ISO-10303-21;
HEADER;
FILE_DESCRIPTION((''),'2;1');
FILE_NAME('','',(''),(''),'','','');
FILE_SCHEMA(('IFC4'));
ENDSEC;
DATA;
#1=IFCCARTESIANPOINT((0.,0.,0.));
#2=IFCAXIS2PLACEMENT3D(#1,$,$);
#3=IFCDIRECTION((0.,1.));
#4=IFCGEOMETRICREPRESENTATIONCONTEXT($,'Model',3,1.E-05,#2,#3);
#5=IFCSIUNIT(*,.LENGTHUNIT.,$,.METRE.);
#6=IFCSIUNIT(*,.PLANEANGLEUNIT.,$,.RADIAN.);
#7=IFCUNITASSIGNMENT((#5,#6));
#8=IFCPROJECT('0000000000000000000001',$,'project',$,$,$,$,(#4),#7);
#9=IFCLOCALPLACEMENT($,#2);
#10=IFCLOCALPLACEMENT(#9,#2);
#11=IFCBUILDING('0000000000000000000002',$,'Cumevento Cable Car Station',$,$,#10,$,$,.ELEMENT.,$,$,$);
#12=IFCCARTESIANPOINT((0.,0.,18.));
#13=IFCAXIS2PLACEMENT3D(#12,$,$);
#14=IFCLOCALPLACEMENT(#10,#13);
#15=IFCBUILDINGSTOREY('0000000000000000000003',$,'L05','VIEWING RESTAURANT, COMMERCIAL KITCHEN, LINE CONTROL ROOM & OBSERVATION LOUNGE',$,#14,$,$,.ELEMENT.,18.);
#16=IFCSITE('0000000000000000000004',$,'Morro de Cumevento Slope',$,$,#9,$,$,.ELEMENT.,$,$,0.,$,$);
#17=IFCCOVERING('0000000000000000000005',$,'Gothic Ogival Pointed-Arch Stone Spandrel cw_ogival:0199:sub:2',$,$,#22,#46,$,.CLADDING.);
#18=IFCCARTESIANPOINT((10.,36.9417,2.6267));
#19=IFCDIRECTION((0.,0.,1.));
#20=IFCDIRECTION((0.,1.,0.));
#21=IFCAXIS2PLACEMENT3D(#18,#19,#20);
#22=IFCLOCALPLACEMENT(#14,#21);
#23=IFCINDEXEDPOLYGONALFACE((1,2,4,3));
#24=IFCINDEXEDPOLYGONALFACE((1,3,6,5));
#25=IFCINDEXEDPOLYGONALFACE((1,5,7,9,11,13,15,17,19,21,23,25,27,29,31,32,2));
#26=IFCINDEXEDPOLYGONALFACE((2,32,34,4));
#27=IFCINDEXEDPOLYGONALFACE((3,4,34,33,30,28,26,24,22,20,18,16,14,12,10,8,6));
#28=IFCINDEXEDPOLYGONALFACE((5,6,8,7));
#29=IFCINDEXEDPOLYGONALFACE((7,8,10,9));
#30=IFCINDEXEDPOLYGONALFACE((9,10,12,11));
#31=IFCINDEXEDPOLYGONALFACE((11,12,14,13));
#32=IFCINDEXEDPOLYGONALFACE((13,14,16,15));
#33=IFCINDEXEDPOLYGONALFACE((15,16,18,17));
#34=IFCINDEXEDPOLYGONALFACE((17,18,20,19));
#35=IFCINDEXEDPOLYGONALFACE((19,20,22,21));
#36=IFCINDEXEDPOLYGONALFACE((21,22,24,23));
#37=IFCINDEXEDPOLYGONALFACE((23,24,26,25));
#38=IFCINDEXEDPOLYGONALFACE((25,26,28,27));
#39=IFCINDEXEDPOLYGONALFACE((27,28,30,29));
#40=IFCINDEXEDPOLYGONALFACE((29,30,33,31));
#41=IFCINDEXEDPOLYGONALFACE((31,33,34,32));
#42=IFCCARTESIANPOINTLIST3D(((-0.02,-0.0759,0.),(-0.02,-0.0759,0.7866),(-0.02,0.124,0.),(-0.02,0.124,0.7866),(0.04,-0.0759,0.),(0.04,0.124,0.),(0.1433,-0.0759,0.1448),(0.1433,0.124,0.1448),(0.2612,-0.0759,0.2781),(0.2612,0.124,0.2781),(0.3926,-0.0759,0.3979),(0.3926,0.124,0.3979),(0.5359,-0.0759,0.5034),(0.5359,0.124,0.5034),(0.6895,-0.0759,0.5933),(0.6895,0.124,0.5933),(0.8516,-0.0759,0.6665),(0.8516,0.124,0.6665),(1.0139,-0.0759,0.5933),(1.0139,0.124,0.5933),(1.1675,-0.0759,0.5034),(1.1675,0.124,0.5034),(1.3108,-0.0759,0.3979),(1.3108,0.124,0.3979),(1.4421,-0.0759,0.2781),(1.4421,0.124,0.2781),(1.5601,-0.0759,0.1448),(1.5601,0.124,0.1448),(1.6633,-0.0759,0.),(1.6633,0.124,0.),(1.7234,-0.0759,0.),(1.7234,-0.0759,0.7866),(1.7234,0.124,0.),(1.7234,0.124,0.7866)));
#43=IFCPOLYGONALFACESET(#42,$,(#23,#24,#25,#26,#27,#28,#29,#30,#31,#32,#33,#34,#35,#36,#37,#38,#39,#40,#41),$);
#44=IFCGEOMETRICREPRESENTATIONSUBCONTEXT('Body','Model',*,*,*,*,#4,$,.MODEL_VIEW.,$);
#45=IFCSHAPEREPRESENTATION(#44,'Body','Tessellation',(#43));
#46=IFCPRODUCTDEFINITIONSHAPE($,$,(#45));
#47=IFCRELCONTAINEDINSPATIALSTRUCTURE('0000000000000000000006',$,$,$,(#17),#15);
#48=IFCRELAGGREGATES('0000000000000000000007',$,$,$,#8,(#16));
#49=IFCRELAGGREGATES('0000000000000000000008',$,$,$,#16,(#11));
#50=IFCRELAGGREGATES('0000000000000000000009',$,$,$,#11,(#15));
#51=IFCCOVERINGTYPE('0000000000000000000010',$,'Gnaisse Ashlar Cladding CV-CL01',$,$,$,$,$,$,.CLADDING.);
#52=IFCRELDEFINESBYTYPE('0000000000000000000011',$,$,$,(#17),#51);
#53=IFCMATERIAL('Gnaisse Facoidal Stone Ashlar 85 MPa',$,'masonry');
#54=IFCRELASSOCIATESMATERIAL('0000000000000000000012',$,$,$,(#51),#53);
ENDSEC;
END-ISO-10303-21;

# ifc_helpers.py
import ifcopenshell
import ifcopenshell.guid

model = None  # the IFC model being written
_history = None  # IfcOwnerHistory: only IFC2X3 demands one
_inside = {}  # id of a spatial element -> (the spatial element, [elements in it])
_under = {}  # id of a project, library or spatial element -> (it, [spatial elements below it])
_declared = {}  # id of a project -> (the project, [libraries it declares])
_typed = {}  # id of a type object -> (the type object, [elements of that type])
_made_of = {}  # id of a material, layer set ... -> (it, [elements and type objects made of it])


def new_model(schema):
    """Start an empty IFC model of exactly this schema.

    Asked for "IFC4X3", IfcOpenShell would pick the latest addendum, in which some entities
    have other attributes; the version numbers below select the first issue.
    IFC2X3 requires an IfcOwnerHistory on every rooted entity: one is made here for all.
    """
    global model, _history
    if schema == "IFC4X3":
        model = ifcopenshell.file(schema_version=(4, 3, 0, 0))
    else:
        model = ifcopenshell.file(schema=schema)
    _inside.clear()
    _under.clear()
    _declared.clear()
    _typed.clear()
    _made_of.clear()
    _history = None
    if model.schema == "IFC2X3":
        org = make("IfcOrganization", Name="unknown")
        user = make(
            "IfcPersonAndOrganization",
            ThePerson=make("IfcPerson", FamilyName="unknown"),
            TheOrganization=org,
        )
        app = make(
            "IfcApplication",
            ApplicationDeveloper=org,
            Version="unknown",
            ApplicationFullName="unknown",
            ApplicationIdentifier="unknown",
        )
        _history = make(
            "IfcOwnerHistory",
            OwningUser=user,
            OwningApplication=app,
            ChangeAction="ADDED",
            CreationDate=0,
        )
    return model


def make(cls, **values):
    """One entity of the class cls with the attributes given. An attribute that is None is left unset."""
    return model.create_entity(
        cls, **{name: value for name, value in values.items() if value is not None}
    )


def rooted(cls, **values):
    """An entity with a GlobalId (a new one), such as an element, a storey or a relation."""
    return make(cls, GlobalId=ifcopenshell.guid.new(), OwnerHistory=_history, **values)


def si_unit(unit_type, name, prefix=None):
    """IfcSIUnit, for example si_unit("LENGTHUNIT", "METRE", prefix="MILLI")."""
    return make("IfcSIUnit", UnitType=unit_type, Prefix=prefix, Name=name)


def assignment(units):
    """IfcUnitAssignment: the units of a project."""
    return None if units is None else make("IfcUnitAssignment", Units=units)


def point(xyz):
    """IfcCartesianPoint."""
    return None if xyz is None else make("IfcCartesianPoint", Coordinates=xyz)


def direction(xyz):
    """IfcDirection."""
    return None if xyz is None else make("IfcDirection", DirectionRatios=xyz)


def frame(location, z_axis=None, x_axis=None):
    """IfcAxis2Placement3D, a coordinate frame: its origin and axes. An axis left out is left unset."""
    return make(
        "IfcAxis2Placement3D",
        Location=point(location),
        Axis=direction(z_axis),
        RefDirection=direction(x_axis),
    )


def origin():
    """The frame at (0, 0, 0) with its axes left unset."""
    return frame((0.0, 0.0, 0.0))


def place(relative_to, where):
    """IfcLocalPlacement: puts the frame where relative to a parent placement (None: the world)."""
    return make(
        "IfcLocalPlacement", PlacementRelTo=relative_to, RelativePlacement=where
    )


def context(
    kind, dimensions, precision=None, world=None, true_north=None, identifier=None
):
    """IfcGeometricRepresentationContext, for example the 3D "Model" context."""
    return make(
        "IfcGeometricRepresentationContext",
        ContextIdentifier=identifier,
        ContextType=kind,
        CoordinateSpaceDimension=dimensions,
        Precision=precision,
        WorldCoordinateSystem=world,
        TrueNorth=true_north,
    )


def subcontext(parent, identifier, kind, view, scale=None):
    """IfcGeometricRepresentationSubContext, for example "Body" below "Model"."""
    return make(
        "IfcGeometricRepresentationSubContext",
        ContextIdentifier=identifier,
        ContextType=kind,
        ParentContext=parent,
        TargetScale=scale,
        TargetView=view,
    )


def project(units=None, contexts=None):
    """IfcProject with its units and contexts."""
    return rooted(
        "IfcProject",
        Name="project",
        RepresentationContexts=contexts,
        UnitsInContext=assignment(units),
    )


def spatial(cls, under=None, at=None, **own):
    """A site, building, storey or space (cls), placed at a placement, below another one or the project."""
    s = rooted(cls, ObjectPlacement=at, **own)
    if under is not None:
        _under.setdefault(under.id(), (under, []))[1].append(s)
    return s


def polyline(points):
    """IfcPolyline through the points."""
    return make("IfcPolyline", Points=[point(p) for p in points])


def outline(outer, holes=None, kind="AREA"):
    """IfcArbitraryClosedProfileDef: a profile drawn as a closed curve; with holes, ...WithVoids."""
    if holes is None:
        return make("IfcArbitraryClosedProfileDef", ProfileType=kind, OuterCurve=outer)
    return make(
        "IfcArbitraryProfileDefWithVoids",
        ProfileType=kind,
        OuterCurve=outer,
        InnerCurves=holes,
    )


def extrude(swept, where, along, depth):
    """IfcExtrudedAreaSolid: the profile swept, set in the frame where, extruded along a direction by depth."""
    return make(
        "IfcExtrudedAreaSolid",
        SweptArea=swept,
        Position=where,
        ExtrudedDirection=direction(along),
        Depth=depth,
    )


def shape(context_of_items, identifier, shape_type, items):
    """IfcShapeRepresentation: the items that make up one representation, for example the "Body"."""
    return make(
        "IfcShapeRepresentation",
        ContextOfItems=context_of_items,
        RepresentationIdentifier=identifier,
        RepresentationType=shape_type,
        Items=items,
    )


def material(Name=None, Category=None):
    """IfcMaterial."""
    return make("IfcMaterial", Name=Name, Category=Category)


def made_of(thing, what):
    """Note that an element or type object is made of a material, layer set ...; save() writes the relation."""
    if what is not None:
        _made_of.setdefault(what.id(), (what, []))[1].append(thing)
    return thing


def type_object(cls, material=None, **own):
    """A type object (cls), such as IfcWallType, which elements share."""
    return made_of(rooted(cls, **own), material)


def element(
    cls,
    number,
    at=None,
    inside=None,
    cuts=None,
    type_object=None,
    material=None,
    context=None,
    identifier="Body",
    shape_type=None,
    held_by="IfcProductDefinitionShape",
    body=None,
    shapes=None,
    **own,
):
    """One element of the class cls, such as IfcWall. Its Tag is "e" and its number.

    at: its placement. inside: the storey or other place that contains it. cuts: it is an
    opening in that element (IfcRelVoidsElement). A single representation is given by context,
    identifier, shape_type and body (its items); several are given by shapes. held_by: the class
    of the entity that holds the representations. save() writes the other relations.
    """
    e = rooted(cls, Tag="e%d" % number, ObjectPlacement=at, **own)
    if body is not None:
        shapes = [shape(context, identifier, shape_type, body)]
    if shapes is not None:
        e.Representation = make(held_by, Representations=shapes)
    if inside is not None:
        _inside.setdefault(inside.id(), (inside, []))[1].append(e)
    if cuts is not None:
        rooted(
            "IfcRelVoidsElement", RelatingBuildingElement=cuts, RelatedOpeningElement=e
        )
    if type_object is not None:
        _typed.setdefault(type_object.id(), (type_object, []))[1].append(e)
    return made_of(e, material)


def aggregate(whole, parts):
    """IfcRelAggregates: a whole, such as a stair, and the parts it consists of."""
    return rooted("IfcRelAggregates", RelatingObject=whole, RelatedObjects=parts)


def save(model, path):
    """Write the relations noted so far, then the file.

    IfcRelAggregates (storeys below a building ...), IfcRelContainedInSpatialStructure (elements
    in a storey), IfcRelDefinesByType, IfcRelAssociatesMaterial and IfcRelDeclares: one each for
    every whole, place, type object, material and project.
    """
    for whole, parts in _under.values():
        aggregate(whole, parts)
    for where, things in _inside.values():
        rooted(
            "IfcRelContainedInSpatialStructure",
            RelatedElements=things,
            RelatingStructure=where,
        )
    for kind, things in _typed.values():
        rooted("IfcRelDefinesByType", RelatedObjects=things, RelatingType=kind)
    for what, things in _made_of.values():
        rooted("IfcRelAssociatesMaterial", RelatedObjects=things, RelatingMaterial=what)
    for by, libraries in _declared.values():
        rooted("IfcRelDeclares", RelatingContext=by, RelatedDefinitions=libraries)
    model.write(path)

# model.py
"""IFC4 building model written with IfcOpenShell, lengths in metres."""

from ifc_helpers import new_model, si_unit, direction, frame, origin, place, context, subcontext, project, spatial, polyline, outline, extrude, material, type_object, element, save


model = new_model("IFC4")

# Units and contexts
model_context = context("Model", 3, precision=1e-05, world=origin(), true_north=direction((0.0, 1.0)))
body_context = subcontext(model_context, "Body", "Model", "MODEL_VIEW")
ifc_project = project(units=[si_unit("LENGTHUNIT", "METRE"), si_unit("PLANEANGLEUNIT", "RADIAN")], contexts=[model_context])

# Site, building, storey
site_placement = place(None, origin())
site = spatial("IfcSite", under=ifc_project, at=site_placement, Name="Morro de Cumevento Slope", CompositionType="ELEMENT", RefElevation=0.0)
building_placement = place(site_placement, origin())
building = spatial("IfcBuilding", under=site, at=building_placement, Name="Cumevento Cable Car Station", CompositionType="ELEMENT")
storey_placement = place(building_placement, frame((0.0, 0.0, 18.0)))
storey = spatial("IfcBuildingStorey", under=building, at=storey_placement, Name="L05", Description="VIEWING RESTAURANT, COMMERCIAL KITCHEN, LINE CONTROL ROOM & OBSERVATION LOUNGE", CompositionType="ELEMENT", Elevation=18.0)

# Covering
ifc_material_1 = material(Name="Gnaisse Facoidal Stone Ashlar 85 MPa", Category="masonry")
covering_type = type_object("IfcCoveringType", Name="Gnaisse Ashlar Cladding CV-CL01", PredefinedType="CLADDING", material=ifc_material_1)
covering_1_placement = place(storey_placement, frame((10.0, 36.9417, 2.6267), z_axis=(0.0, 0.0, 1.0), x_axis=(0.0, 1.0, 0.0)))
element("IfcCovering", 1, at=covering_1_placement, inside=storey, type_object=covering_type, Name="Gothic Ogival Pointed-Arch Stone Spandrel cw_ogival:0199:sub:2", PredefinedType="CLADDING", context=body_context, shape_type="SweptSolid", body=[
    extrude(outline(polyline([(-0.02, 0.0), (-0.02, 0.7866), (1.7234, 0.7866), (1.7234, 0.0), (1.6633, 0.0), (1.5601, 0.1448), (1.4421, 0.2781), (1.3108, 0.3979), (1.1675, 0.5034), (1.0139, 0.5933), (0.8516, 0.6665), (0.6895, 0.5933), (0.5359, 0.5034), (0.3926, 0.3979), (0.2612, 0.2781), (0.1433, 0.1448), (0.04, 0.0), (-0.02, 0.0)])), frame((0.0, 0.124, 0.0), z_axis=(0.0, -1.0, 0.0), x_axis=(1.0, 0.0, 0.0)), (0.0, 0.0, 1.0), 0.2),
])

save(model, "model.ifc")
